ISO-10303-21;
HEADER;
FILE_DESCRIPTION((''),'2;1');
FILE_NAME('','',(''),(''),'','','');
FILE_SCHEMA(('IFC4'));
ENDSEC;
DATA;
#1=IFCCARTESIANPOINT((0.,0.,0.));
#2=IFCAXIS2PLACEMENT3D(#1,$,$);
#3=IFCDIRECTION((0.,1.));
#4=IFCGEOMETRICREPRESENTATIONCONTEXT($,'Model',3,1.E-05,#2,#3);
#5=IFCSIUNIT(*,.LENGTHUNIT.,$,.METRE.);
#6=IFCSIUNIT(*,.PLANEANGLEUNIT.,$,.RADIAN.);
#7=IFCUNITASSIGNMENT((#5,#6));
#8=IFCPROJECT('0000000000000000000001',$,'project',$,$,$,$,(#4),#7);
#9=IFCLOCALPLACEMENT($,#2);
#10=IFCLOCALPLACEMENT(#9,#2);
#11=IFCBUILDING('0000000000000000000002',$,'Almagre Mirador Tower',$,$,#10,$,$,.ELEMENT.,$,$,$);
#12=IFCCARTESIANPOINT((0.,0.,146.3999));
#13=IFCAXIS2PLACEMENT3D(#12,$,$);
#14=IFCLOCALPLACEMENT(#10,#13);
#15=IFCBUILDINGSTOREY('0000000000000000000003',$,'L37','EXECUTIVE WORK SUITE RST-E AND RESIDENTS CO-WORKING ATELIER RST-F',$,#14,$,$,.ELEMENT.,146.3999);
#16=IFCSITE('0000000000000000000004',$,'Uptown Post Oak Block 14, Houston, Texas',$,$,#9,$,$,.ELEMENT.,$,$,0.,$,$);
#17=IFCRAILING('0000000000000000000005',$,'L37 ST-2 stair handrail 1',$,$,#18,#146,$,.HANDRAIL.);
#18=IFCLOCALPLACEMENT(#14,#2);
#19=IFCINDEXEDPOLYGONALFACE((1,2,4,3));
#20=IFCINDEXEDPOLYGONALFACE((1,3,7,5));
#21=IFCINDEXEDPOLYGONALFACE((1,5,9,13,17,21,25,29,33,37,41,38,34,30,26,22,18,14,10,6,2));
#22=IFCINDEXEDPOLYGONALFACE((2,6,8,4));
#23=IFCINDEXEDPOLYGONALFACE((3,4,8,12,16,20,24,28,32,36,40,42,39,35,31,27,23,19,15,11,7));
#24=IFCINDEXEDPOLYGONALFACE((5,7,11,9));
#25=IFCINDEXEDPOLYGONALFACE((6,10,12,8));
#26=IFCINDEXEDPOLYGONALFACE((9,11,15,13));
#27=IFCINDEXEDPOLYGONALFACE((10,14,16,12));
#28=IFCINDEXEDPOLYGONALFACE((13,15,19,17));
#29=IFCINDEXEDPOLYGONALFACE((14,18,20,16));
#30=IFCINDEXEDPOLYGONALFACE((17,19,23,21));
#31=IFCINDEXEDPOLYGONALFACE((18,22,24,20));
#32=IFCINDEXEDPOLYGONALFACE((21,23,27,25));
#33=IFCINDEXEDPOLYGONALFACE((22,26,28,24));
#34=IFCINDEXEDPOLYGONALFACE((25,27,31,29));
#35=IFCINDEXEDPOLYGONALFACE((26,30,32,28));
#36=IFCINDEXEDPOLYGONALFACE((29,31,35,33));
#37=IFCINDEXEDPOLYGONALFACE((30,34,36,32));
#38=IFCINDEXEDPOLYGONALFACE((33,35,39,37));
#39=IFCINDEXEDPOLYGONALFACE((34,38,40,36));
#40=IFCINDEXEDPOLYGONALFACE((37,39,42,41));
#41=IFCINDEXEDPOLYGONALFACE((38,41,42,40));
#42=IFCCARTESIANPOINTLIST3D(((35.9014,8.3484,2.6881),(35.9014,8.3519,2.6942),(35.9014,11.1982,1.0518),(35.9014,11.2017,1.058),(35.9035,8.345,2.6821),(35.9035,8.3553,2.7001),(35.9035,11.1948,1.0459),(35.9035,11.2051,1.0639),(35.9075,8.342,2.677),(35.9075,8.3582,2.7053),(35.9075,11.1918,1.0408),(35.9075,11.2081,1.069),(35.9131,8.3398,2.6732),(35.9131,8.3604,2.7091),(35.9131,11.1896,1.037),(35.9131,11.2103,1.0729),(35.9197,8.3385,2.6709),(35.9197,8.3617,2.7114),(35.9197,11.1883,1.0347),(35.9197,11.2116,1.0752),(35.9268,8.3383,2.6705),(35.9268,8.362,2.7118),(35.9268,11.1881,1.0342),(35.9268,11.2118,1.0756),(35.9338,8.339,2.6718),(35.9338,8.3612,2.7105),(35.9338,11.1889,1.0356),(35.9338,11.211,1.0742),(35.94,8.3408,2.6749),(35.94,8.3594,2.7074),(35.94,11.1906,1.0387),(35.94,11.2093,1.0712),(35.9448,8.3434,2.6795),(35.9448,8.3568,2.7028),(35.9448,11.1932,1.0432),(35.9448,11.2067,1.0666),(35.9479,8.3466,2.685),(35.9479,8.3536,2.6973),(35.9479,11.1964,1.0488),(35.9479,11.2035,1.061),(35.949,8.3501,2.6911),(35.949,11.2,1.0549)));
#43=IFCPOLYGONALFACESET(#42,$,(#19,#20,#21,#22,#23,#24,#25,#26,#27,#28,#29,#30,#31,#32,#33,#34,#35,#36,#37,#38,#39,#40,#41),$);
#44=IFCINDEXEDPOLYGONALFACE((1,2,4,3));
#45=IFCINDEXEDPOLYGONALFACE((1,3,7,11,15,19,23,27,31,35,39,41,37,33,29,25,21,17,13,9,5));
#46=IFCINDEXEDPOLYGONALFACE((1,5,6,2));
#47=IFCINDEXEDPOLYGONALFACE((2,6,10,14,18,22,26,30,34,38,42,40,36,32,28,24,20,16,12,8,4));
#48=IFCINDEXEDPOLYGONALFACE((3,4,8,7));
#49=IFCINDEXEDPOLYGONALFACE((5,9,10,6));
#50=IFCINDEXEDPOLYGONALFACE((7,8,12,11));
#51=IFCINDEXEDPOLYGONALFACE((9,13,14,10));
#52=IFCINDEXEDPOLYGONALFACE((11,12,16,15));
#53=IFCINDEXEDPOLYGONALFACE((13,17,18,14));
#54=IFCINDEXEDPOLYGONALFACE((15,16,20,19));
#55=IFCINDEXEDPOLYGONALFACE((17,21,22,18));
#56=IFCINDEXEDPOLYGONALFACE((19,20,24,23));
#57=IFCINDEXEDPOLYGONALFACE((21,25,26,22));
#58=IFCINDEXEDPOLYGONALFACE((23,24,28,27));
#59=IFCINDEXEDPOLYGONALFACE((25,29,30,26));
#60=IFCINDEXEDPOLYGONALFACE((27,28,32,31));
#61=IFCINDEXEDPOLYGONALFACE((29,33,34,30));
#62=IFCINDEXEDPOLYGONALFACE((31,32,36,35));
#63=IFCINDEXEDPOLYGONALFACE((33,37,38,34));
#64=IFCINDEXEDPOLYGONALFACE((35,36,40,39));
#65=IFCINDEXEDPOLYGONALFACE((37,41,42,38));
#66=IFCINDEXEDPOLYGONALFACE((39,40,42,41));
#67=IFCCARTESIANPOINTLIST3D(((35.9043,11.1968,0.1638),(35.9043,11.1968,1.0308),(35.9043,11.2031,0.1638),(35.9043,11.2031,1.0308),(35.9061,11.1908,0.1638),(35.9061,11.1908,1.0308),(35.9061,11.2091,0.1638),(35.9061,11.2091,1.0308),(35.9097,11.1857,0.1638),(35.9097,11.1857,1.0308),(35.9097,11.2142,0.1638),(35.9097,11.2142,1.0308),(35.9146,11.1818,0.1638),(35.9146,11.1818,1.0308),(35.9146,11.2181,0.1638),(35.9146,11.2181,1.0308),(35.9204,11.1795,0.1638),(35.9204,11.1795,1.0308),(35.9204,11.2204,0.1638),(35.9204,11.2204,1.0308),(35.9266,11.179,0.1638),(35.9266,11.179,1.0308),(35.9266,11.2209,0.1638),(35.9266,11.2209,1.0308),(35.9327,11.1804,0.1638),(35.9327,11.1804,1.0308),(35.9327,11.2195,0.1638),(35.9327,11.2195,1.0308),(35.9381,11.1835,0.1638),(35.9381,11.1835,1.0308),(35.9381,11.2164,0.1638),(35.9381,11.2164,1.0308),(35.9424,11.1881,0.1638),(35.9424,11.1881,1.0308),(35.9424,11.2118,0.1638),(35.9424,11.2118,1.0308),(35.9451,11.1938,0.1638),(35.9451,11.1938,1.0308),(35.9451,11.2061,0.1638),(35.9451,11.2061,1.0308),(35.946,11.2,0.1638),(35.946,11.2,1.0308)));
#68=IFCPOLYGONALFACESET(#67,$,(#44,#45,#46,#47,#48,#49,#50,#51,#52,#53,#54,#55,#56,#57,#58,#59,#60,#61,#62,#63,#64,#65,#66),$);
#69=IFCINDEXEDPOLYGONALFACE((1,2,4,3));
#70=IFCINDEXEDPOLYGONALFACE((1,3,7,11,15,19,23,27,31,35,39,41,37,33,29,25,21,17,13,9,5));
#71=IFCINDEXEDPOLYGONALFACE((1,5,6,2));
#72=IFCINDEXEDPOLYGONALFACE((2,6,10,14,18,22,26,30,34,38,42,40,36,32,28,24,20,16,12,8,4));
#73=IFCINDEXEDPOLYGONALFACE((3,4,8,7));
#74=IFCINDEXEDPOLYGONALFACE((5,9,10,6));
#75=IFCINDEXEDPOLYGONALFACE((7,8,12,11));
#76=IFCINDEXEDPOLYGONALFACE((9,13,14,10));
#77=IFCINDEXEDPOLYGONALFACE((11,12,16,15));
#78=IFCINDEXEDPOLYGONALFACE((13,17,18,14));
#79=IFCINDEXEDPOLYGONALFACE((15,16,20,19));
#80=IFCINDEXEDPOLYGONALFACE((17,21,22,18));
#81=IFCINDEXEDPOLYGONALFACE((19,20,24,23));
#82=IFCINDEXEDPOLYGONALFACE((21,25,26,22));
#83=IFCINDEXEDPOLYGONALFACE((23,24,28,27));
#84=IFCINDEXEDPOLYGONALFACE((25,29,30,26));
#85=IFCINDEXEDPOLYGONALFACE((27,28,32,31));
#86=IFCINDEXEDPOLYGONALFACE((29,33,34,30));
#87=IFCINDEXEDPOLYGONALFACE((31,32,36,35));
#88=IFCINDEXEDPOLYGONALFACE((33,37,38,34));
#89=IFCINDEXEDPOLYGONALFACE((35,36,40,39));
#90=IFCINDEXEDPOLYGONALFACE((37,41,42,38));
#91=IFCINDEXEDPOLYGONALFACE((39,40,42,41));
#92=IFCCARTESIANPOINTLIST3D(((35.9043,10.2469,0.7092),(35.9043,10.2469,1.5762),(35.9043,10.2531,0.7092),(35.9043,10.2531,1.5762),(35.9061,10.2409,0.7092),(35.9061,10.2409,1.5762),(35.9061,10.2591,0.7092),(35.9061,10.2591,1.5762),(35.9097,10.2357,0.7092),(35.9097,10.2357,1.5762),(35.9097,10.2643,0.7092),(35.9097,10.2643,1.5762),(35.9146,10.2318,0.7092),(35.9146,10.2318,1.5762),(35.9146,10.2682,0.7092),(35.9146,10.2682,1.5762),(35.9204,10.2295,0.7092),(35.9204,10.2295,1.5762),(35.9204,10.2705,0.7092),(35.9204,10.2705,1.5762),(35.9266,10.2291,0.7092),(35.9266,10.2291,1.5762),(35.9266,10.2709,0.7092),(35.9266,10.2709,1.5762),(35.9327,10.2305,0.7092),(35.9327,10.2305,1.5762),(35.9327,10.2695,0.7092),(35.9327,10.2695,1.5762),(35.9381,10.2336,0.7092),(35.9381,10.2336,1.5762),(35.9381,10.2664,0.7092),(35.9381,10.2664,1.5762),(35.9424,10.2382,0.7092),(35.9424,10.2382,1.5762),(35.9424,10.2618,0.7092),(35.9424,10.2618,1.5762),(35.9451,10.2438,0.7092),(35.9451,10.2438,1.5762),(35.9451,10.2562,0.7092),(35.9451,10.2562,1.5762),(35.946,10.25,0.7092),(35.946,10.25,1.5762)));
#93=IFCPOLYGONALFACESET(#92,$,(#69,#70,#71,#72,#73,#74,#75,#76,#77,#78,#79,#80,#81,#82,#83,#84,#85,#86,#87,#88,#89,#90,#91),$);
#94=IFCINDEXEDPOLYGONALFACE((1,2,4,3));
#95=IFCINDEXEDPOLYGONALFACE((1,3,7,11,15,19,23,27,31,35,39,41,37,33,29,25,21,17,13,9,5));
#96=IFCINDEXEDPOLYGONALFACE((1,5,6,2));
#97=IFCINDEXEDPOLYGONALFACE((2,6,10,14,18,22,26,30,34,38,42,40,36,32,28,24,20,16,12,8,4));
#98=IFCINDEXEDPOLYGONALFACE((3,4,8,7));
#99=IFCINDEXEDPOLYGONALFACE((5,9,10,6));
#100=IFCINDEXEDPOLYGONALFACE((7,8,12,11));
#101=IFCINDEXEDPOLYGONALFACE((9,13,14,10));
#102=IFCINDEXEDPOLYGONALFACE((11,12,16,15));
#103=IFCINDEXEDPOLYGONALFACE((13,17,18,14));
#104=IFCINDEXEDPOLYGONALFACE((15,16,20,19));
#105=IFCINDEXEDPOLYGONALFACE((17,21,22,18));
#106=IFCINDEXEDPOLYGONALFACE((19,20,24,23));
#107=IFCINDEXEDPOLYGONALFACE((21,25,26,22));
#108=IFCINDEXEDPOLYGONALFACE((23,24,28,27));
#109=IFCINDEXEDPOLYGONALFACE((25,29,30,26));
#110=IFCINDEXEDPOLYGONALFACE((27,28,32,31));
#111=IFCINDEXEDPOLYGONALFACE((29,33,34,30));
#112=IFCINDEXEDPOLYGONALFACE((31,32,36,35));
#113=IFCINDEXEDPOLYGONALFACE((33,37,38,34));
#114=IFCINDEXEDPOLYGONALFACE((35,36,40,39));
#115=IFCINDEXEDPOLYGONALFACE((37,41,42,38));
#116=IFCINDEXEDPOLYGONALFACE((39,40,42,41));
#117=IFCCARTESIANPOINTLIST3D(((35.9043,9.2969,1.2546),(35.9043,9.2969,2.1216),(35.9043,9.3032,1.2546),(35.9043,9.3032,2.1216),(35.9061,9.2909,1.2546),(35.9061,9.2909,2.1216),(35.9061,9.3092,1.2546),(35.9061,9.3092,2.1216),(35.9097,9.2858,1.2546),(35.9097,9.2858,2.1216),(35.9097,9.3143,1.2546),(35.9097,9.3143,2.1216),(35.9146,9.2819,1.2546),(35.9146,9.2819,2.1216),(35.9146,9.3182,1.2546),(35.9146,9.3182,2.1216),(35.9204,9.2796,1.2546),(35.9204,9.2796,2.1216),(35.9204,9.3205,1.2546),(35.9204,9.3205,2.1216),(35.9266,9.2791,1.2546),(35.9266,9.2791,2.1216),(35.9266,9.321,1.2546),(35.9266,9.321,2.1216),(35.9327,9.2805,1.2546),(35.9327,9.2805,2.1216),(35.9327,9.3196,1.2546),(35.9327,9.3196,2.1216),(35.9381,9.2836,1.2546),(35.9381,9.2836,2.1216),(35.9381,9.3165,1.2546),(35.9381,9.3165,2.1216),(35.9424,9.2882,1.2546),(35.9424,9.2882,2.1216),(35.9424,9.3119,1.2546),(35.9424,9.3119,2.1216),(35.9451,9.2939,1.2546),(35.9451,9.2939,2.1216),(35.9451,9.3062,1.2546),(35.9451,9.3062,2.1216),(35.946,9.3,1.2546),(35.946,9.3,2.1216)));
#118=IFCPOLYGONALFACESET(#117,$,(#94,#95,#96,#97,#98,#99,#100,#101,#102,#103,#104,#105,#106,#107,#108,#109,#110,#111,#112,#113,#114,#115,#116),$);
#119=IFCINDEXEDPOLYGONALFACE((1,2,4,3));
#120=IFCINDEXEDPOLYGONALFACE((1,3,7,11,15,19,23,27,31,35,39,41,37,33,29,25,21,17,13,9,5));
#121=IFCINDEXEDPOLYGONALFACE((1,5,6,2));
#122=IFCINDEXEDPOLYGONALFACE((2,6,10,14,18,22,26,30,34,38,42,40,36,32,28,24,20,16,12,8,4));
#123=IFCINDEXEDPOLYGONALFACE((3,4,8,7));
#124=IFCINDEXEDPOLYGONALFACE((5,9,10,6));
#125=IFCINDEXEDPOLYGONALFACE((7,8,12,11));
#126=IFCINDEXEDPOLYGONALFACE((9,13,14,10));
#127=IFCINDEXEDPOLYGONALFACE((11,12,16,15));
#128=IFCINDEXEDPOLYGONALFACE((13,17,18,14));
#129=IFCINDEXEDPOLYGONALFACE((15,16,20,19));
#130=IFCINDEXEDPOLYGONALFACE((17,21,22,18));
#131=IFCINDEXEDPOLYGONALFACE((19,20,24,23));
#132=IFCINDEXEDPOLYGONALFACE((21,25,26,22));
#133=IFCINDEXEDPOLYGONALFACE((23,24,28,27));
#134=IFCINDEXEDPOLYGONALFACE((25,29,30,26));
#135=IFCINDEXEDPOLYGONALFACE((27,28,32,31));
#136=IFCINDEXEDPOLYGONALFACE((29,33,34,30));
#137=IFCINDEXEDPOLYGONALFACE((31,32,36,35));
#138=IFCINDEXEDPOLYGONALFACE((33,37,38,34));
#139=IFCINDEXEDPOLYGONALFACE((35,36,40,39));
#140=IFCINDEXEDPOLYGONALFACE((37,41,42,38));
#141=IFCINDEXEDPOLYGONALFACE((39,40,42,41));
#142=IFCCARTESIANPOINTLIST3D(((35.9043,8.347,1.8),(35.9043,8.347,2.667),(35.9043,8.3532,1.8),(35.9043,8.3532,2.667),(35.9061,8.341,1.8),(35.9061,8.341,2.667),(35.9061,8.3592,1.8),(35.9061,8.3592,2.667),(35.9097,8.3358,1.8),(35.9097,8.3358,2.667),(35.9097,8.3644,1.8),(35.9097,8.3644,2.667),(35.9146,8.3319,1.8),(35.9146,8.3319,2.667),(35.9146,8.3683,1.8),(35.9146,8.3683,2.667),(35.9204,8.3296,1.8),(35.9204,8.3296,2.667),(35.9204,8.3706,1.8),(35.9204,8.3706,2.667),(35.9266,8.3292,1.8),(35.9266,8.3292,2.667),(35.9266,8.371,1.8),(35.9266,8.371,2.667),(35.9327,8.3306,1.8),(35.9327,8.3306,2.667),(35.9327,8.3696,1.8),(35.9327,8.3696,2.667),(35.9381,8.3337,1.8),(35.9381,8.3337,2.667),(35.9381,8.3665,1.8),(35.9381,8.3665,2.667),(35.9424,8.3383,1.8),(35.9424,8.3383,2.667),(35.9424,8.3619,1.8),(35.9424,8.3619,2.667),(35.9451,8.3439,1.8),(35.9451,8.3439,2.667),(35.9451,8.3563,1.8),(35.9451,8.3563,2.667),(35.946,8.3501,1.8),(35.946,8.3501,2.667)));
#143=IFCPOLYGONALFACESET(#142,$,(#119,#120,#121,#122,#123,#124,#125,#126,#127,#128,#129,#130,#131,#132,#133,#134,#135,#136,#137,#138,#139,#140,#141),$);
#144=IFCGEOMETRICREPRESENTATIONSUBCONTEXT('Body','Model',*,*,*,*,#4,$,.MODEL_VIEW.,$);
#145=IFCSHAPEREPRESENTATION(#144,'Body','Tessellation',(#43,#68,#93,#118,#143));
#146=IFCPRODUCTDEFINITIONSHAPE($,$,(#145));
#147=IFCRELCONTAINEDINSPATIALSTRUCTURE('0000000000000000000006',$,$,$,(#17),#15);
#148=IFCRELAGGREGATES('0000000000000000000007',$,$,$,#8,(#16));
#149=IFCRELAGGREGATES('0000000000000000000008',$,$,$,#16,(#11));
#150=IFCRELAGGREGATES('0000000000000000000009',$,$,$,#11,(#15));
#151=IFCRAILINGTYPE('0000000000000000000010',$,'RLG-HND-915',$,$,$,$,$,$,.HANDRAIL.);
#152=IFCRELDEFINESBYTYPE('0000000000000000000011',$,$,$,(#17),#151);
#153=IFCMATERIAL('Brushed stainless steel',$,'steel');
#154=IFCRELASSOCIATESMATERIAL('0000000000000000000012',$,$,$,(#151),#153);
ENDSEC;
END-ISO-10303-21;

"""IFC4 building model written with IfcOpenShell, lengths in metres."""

from ifc_helpers import new_model, si_unit, direction, frame, origin, origin_2d, place, context, subcontext, project, spatial, circle, extrude, material, type_object, element, save


model = new_model("IFC4")

# Units and contexts
model_context = context("Model", 3, precision=1e-05, world=origin(), true_north=direction((0.0, 1.0)))
body_context = subcontext(model_context, "Body", "Model", "MODEL_VIEW")
ifc_project = project(units=[si_unit("LENGTHUNIT", "METRE"), si_unit("PLANEANGLEUNIT", "RADIAN")], contexts=[model_context])

# Site, building, storey
site_placement = place(None, origin())
site = spatial("IfcSite", under=ifc_project, at=site_placement, Name="Uptown Post Oak Block 14, Houston, Texas", CompositionType="ELEMENT", RefElevation=0.0)
building_placement = place(site_placement, origin())
building = spatial("IfcBuilding", under=site, at=building_placement, Name="Almagre Mirador Tower", CompositionType="ELEMENT")
storey_placement = place(building_placement, frame((0.0, 0.0, 146.3999)))
storey = spatial("IfcBuildingStorey", under=building, at=storey_placement, Name="L37", Description="EXECUTIVE WORK SUITE RST-E AND RESIDENTS CO-WORKING ATELIER RST-F", CompositionType="ELEMENT", Elevation=146.3999)

# Railing
ifc_material_1 = material(Name="Brushed stainless steel", Category="steel")
railing_type_1 = type_object("IfcRailingType", Name="RLG-HND-915", PredefinedType="HANDRAIL", material=ifc_material_1)
railing_1_placement = place(storey_placement, frame((35.925, 11.2, 0.1638)))
element("IfcRailing", 1, at=railing_1_placement, inside=storey, type_object=railing_type_1, Name="L37 ST-2 stair handrail 1", PredefinedType="HANDRAIL", context=body_context, shape_type="SweptSolid", body=[
    extrude(circle(Radius=0.0239, at=origin_2d()), frame((0.0, 0.0, 0.8911), z_axis=(0.0, -0.867226, 0.497914), x_axis=(1.0, 0.0, 0.0)), (0.0, 0.0, 1.0), 3.2861),
    extrude(circle(Radius=0.021, at=origin_2d()), origin(), (0.0, 0.0, 1.0), 0.8669),
    extrude(circle(Radius=0.021, at=origin_2d()), frame((0.0, -0.95, 0.5454)), (0.0, 0.0, 1.0), 0.8669),
    extrude(circle(Radius=0.021, at=origin_2d()), frame((0.0, -1.8999, 1.0908)), (0.0, 0.0, 1.0), 0.8669),
    extrude(circle(Radius=0.021, at=origin_2d()), frame((0.0, -2.8499, 1.6362)), (0.0, 0.0, 1.0), 0.8669),
])

save(model, "model.ifc")
